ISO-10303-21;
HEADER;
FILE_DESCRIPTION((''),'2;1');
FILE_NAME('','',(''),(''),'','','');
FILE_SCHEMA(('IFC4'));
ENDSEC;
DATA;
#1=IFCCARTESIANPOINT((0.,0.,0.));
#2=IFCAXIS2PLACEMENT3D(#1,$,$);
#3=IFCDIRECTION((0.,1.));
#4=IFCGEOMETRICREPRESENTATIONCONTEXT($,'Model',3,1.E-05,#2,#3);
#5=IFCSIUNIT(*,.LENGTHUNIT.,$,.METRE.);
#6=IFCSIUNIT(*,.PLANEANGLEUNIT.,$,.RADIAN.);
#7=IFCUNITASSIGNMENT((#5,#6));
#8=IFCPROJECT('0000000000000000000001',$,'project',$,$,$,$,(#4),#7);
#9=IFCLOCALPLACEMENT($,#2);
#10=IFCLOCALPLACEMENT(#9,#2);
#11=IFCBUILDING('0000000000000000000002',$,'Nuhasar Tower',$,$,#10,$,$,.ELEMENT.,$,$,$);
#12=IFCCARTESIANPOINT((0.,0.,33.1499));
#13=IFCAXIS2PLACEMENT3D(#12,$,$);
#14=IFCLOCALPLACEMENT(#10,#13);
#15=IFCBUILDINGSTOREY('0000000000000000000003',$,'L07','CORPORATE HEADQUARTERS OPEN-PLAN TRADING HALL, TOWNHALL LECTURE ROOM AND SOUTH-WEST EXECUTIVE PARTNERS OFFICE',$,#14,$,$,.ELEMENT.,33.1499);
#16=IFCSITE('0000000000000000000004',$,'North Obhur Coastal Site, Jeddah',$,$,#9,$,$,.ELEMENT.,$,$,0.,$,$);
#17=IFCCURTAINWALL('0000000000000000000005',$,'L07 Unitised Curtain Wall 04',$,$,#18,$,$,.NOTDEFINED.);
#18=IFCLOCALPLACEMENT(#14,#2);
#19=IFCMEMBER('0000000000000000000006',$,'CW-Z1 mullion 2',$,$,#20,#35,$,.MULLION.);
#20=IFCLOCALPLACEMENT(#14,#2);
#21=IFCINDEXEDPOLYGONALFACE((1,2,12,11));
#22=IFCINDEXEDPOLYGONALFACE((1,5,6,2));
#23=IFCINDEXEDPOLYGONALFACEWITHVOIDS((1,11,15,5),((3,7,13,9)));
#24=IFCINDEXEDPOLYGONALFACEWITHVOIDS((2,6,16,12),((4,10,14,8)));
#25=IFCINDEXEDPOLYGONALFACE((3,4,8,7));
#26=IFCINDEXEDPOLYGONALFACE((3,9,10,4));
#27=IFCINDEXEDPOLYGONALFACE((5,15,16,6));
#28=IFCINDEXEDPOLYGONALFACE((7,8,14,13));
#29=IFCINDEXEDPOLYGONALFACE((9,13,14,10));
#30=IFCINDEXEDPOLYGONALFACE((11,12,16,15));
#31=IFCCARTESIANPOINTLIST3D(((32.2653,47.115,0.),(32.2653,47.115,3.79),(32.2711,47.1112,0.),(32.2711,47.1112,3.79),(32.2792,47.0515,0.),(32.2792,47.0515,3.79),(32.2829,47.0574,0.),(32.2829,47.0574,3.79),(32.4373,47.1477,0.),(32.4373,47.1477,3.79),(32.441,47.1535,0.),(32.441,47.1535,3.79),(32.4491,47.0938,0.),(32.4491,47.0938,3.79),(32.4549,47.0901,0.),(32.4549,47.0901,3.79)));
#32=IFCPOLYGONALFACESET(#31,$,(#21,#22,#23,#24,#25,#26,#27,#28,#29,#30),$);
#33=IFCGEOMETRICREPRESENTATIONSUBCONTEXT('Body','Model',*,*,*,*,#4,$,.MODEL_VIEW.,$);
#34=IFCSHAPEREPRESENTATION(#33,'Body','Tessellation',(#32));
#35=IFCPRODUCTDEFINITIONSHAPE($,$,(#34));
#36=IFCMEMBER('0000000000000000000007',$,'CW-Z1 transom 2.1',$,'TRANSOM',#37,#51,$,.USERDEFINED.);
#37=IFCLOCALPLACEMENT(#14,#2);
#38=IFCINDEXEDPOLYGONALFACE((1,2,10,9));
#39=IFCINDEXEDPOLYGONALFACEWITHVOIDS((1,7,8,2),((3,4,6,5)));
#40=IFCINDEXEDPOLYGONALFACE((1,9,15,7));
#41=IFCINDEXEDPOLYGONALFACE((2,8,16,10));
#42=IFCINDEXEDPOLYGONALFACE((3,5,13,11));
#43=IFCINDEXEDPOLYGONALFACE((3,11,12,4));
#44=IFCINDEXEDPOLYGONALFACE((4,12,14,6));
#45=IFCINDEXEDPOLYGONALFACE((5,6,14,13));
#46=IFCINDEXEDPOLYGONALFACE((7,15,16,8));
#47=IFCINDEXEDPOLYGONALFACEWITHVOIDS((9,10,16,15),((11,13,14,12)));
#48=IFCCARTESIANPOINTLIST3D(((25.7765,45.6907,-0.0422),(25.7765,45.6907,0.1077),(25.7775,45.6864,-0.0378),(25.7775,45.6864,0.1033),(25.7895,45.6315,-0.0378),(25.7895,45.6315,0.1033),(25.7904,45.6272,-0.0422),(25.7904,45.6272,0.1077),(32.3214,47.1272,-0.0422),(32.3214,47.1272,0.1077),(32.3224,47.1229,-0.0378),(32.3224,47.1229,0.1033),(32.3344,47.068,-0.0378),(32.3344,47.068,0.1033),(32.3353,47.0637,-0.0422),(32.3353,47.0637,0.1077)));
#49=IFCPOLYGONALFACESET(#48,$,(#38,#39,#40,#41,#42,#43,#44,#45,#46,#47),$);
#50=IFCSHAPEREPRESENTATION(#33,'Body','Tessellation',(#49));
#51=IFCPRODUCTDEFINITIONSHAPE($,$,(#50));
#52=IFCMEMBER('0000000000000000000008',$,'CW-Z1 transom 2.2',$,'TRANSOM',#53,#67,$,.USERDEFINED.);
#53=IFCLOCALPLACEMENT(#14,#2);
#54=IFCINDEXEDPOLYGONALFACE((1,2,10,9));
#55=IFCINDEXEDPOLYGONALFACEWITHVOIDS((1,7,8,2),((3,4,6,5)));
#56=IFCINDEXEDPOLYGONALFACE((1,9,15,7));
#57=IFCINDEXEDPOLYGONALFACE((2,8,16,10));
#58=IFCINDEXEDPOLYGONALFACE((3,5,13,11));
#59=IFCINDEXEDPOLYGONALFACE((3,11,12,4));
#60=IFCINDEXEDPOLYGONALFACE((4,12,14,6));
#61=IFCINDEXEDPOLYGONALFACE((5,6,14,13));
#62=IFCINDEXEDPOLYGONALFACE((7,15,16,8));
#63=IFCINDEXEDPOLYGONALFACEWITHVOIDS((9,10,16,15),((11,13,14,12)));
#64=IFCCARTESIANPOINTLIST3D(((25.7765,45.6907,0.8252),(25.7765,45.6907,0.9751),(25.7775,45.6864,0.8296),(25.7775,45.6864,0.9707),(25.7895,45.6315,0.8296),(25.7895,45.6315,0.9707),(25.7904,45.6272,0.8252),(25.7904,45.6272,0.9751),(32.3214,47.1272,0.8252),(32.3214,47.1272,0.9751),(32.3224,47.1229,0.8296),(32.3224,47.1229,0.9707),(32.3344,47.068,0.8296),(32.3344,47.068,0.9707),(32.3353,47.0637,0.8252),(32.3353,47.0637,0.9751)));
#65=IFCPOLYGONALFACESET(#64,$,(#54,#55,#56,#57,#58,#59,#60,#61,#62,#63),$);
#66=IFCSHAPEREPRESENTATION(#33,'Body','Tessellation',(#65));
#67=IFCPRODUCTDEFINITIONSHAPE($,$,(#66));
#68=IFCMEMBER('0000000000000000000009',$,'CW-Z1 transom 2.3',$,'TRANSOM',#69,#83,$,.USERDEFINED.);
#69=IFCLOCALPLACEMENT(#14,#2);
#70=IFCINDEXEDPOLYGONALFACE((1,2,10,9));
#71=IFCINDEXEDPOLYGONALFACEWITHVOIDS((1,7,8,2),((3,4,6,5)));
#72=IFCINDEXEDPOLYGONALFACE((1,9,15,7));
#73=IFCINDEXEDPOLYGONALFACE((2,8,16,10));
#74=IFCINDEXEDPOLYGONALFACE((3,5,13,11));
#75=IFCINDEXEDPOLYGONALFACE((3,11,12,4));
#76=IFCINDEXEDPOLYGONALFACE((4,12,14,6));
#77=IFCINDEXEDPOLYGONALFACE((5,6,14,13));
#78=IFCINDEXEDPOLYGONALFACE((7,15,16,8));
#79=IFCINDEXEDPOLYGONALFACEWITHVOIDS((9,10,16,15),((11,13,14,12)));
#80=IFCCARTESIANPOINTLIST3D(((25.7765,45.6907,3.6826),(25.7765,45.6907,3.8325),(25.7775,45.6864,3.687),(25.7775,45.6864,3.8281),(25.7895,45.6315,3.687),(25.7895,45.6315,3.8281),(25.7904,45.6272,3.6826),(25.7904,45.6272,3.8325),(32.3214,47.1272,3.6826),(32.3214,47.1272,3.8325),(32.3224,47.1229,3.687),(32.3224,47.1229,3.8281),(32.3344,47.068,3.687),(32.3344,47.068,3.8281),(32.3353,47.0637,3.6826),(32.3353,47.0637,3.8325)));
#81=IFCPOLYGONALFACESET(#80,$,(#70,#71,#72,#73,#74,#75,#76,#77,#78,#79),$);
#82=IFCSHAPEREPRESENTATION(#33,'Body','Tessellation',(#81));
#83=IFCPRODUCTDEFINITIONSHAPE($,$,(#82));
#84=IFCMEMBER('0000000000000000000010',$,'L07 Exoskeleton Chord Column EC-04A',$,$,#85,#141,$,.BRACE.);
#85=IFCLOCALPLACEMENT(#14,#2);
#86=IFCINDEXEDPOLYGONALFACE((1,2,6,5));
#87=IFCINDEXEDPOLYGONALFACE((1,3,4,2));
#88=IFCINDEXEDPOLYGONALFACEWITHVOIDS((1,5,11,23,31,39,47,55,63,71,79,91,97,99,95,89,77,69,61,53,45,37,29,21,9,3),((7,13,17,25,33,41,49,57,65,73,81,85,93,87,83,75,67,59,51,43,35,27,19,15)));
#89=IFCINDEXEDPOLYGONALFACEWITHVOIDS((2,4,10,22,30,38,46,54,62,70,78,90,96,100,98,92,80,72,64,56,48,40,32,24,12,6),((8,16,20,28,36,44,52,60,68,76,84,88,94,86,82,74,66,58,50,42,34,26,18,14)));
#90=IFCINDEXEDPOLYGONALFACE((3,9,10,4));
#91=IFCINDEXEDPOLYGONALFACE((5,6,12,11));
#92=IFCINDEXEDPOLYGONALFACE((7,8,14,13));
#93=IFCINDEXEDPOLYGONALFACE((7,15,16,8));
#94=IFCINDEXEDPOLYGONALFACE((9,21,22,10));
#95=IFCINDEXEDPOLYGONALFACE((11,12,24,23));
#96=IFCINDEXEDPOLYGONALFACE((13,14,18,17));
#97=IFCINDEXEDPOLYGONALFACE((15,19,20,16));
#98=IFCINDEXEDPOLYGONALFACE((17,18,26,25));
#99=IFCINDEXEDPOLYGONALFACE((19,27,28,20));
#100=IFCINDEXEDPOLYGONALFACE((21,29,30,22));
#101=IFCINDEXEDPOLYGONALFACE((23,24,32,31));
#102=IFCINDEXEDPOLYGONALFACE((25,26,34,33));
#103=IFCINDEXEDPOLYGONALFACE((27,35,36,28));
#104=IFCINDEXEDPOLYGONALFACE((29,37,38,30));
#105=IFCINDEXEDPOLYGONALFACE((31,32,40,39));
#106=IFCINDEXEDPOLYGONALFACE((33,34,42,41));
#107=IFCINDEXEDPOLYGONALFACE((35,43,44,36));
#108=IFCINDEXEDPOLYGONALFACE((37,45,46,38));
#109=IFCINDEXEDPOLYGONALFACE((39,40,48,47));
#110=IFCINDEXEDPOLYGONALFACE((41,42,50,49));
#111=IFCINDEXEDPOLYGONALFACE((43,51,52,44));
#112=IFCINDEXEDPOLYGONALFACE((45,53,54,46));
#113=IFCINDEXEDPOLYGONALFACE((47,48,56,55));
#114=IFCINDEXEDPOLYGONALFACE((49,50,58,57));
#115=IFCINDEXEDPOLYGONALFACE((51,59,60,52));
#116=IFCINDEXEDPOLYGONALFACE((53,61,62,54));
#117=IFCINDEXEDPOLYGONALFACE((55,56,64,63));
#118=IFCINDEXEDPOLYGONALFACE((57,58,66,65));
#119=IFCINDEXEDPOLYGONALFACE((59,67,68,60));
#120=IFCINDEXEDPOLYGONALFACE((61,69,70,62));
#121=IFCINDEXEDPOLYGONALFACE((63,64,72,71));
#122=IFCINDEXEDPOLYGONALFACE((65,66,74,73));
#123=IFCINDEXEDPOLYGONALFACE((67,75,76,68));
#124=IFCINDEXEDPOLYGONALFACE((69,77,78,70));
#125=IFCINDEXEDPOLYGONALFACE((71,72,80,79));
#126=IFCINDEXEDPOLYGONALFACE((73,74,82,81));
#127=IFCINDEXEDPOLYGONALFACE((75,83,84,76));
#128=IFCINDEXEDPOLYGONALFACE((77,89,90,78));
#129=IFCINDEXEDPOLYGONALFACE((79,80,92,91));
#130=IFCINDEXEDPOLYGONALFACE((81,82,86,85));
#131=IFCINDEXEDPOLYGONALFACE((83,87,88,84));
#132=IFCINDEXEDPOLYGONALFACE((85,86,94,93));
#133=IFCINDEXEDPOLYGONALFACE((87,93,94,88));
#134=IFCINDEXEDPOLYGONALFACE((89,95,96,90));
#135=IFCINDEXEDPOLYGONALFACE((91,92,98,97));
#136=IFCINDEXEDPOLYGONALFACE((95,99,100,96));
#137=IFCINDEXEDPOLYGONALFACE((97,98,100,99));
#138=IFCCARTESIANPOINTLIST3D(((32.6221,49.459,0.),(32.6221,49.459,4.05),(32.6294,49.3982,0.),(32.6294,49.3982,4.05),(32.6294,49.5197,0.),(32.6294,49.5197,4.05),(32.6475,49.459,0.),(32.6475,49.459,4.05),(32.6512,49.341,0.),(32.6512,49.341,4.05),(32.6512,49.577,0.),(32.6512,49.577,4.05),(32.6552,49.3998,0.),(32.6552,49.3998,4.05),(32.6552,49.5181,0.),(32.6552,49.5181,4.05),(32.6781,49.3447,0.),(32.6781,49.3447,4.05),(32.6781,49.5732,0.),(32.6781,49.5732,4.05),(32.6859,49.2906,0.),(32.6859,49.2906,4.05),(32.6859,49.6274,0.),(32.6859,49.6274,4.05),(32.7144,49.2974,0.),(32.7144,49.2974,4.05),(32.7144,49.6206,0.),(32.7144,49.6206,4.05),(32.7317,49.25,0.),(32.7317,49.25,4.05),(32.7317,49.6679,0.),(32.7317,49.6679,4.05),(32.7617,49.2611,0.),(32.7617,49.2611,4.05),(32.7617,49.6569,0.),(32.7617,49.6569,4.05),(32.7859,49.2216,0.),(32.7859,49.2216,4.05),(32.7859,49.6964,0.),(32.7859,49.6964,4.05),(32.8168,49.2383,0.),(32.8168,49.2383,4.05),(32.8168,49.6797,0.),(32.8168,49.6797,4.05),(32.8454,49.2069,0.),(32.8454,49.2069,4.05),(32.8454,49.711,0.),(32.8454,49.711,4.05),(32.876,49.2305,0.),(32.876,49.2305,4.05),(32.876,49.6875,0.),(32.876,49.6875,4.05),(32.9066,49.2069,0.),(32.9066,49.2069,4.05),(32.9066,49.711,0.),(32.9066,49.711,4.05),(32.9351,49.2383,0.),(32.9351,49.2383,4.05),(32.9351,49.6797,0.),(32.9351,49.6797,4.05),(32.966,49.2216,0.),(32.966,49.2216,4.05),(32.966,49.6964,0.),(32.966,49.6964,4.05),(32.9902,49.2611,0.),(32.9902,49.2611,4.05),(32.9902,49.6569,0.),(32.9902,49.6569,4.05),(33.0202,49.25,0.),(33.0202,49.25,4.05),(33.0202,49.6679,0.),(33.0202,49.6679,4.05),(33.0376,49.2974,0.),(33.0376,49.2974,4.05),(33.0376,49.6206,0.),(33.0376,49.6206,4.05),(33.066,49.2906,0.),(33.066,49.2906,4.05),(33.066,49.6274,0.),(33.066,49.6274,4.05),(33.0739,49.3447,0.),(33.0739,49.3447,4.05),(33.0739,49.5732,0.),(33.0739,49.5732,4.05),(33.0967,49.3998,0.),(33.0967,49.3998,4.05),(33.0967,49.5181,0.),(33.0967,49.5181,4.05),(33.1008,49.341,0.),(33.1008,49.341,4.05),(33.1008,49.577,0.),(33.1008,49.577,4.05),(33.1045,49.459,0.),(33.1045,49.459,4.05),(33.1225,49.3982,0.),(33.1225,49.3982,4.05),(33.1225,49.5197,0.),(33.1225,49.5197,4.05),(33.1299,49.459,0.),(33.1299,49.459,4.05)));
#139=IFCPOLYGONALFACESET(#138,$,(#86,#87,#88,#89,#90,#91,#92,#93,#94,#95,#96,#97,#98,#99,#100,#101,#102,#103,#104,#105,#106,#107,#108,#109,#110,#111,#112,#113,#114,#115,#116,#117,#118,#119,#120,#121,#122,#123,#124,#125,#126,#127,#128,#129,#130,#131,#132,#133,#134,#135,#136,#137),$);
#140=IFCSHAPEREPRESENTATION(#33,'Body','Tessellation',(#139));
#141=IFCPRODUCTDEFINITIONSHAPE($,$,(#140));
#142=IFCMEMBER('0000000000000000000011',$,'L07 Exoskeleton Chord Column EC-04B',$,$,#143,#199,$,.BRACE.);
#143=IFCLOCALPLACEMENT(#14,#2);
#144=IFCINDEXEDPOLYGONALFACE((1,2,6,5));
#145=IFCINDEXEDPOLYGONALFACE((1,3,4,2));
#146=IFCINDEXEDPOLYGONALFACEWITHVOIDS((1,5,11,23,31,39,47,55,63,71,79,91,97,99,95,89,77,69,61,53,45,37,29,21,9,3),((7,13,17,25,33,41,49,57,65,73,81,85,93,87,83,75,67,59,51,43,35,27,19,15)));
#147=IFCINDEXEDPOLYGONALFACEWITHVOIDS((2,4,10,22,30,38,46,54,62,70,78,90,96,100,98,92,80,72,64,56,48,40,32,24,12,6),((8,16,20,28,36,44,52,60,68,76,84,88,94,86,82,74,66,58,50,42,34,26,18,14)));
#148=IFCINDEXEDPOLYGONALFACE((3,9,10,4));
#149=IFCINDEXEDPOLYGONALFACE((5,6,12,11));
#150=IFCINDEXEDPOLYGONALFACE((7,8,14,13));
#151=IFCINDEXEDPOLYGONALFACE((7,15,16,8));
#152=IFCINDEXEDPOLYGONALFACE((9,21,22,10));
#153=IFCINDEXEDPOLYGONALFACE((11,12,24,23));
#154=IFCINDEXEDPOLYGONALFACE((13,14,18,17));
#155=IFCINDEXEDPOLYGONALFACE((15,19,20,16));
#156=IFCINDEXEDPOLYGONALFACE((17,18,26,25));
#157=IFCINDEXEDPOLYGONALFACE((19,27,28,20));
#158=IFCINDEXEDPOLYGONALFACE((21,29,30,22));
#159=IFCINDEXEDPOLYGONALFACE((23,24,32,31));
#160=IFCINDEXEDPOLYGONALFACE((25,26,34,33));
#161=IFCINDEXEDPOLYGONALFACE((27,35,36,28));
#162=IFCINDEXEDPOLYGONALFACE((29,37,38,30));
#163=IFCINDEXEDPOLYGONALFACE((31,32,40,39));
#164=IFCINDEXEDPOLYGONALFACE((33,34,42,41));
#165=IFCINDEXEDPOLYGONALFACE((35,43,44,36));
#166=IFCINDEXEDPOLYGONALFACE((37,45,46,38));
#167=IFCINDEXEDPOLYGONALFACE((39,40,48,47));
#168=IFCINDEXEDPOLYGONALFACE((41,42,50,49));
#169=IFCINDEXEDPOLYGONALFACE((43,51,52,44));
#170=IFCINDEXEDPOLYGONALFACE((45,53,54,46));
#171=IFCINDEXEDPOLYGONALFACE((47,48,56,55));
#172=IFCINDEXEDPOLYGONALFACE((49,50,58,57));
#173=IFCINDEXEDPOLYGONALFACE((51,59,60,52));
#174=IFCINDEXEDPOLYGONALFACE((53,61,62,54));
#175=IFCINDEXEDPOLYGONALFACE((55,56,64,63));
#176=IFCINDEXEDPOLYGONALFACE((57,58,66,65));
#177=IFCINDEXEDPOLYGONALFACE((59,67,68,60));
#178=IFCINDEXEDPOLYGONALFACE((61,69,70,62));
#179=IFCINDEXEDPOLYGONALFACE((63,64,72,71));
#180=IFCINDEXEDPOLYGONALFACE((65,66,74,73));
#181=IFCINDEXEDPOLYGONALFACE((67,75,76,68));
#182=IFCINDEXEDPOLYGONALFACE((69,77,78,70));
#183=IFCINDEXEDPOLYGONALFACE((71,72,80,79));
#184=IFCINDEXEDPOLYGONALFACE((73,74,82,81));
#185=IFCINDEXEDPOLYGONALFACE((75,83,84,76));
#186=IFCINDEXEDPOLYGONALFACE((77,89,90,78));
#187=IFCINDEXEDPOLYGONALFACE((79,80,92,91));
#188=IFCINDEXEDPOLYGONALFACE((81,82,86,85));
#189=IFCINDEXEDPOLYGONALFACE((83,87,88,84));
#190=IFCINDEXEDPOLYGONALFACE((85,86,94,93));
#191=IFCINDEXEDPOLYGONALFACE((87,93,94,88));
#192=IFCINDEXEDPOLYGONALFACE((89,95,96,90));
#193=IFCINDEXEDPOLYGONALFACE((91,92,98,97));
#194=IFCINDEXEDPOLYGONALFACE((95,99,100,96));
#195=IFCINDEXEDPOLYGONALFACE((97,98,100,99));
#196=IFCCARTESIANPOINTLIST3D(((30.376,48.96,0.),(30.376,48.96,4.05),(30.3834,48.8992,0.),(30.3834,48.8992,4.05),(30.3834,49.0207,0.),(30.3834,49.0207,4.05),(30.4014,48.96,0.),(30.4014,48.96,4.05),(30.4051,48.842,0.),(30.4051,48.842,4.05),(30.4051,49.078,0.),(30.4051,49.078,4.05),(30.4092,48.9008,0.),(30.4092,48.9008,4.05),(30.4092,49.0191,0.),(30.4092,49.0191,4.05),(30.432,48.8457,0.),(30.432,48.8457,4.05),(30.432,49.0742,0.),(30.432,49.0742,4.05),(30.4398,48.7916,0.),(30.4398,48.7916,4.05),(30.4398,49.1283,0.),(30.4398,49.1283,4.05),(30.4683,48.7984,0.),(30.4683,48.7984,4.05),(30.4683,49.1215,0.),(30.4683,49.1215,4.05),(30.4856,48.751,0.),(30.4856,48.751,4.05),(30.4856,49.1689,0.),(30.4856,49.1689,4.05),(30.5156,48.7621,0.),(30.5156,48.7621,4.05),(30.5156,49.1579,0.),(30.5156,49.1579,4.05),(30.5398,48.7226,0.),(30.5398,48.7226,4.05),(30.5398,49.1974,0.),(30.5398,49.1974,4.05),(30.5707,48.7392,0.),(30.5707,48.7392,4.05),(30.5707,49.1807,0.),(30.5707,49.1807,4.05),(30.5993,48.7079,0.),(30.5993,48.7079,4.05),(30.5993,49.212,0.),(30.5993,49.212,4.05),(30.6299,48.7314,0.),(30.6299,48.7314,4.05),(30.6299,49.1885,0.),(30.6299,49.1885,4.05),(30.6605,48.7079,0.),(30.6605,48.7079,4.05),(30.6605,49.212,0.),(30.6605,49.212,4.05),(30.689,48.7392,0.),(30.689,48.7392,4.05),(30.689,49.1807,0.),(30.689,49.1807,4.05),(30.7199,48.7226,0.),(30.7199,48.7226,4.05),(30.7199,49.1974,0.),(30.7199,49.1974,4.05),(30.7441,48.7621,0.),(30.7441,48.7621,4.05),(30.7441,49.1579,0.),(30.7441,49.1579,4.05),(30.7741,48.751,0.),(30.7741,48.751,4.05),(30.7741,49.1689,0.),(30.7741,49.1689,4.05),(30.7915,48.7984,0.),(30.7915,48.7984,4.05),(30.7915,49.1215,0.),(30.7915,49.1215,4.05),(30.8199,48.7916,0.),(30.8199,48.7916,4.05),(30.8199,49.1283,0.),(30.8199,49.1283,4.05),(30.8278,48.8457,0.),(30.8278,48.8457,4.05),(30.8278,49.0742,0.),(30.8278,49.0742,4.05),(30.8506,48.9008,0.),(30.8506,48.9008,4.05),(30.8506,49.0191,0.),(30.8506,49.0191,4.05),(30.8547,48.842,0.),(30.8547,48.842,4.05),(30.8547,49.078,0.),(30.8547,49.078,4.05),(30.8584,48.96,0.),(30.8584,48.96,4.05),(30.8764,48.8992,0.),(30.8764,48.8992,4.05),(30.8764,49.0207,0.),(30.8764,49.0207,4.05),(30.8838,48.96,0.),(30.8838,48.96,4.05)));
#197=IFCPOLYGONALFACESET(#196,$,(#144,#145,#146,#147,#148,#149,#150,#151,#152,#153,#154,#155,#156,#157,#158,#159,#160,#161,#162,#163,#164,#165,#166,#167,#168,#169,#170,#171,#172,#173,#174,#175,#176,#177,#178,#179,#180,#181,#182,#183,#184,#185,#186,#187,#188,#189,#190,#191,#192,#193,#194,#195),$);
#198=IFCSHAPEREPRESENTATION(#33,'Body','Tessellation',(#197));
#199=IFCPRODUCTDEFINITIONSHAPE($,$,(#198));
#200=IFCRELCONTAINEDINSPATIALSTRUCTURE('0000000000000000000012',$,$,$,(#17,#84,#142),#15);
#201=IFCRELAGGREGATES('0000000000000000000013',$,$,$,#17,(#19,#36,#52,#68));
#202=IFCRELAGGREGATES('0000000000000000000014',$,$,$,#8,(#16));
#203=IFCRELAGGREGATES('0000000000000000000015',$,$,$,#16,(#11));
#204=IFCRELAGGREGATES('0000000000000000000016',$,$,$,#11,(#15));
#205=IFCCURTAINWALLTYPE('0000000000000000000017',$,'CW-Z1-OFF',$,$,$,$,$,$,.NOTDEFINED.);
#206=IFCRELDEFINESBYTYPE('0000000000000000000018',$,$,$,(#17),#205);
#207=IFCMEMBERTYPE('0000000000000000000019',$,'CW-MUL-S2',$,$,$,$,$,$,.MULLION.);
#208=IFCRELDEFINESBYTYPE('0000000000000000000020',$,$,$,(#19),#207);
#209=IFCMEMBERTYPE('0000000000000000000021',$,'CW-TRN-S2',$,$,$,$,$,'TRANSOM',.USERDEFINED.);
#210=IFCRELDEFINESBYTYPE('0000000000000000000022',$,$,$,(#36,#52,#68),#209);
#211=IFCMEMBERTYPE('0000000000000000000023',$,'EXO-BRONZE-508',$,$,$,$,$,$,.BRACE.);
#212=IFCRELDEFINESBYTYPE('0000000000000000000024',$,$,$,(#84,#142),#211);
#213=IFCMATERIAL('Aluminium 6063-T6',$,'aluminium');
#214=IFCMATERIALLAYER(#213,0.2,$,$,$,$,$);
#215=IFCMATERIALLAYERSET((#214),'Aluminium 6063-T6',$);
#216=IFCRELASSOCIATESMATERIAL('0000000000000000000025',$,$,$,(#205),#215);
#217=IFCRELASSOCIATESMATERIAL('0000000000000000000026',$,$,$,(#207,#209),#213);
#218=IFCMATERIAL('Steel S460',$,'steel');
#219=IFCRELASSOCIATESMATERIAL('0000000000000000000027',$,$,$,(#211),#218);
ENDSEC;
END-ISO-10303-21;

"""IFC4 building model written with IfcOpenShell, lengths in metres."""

from ifc_helpers import new_model, si_unit, direction, frame, origin, origin_2d, place, context, subcontext, project, spatial, hollow_rectangle, hollow_circle, extrude, material, layer, layer_set, material_profile, profile_set, type_object, element, aggregate, save


model = new_model("IFC4")

# Units and contexts
model_context = context("Model", 3, precision=1e-05, world=origin(), true_north=direction((0.0, 1.0)))
body_context = subcontext(model_context, "Body", "Model", "MODEL_VIEW")
ifc_project = project(units=[si_unit("LENGTHUNIT", "METRE"), si_unit("PLANEANGLEUNIT", "RADIAN")], contexts=[model_context])

# Site, building, storey
site_placement = place(None, origin())
site = spatial("IfcSite", under=ifc_project, at=site_placement, Name="North Obhur Coastal Site, Jeddah", CompositionType="ELEMENT", RefElevation=0.0)
building_placement = place(site_placement, origin())
building = spatial("IfcBuilding", under=site, at=building_placement, Name="Nuhasar Tower", CompositionType="ELEMENT")
storey_placement = place(building_placement, frame((0.0, 0.0, 33.1499)))
storey = spatial("IfcBuildingStorey", under=building, at=storey_placement, Name="L07", Description="CORPORATE HEADQUARTERS OPEN-PLAN TRADING HALL, TOWNHALL LECTURE ROOM AND SOUTH-WEST EXECUTIVE PARTNERS OFFICE", CompositionType="ELEMENT", Elevation=33.1499)

# Curtain wall, members
ifc_material_1 = material(Name="Aluminium 6063-T6", Category="aluminium")
ifc_layer_1 = layer(ifc_material_1, 0.2)
ifc_layer_set_1 = layer_set([ifc_layer_1], Name="Aluminium 6063-T6")
curtain_wall_type = type_object("IfcCurtainWallType", Name="CW-Z1-OFF", PredefinedType="NOTDEFINED", material=ifc_layer_set_1)
curtain_wall_placement = place(storey_placement, origin())
curtain_wall = element("IfcCurtainWall", 1, at=curtain_wall_placement, inside=storey, type_object=curtain_wall_type, Name="L07 Unitised Curtain Wall 04", PredefinedType="NOTDEFINED")
ifc_material_profile_1 = material_profile(ifc_material_1, hollow_rectangle(XDim=0.0649, YDim=0.1799, WallThickness=0.0049, at=origin_2d()), Name="CWM-2")
ifc_profile_set_1 = profile_set([ifc_material_profile_1], Name="Aluminium 6063-T6")
member_type_1 = type_object("IfcMemberType", Name="CW-MUL-S2", PredefinedType="MULLION", material=ifc_profile_set_1)
member_1_placement = place(storey_placement, frame((32.3601, 47.1025, 0.0), z_axis=(0.0, 0.0, 1.0), x_axis=(0.214399, -0.976746, 0.0)))
member_1 = element("IfcMember", 2, at=member_1_placement, type_object=member_type_1, Name="CW-Z1 mullion 2", PredefinedType="MULLION", context=body_context, shape_type="SweptSolid", body=[
    extrude(hollow_rectangle(XDim=0.0649, YDim=0.1799, WallThickness=0.0049, at=origin_2d()), origin(), (0.0, 0.0, 1.0), 3.79),
])
ifc_material_profile_2 = material_profile(ifc_material_1, hollow_rectangle(XDim=0.0649, YDim=0.1499, WallThickness=0.0044, at=origin_2d()), Name="CWT-2")
ifc_profile_set_2 = profile_set([ifc_material_profile_2], Name="Aluminium 6063-T6")
member_type_2 = type_object("IfcMemberType", Name="CW-TRN-S2", ElementType="TRANSOM", PredefinedType="USERDEFINED", material=ifc_profile_set_2)
member_2_placement = place(storey_placement, frame((32.3284, 47.0955, 0.0327), z_axis=(-0.97675, -0.214384, 0.0), x_axis=(0.214384, -0.97675, 0.0)))
member_2 = element("IfcMember", 3, at=member_2_placement, type_object=member_type_2, Name="CW-Z1 transom 2.1", ObjectType="TRANSOM", PredefinedType="USERDEFINED", context=body_context, shape_type="SweptSolid", body=[
    extrude(hollow_rectangle(XDim=0.0649, YDim=0.1499, WallThickness=0.0044, at=origin_2d()), origin(), (0.0, 0.0, 1.0), 6.7007),
])
member_3_placement = place(storey_placement, frame((32.3284, 47.0955, 0.9001), z_axis=(-0.97675, -0.214384, 0.0), x_axis=(0.214384, -0.97675, 0.0)))
member_3 = element("IfcMember", 4, at=member_3_placement, type_object=member_type_2, Name="CW-Z1 transom 2.2", ObjectType="TRANSOM", PredefinedType="USERDEFINED", context=body_context, shape_type="SweptSolid", body=[
    extrude(hollow_rectangle(XDim=0.0649, YDim=0.1499, WallThickness=0.0044, at=origin_2d()), origin(), (0.0, 0.0, 1.0), 6.7007),
])
member_4_placement = place(storey_placement, frame((32.3284, 47.0955, 3.7576), z_axis=(-0.97675, -0.214384, 0.0), x_axis=(0.214384, -0.97675, 0.0)))
member_4 = element("IfcMember", 5, at=member_4_placement, type_object=member_type_2, Name="CW-Z1 transom 2.3", ObjectType="TRANSOM", PredefinedType="USERDEFINED", context=body_context, shape_type="SweptSolid", body=[
    extrude(hollow_rectangle(XDim=0.0649, YDim=0.1499, WallThickness=0.0044, at=origin_2d()), origin(), (0.0, 0.0, 1.0), 6.7007),
])

# Members
ifc_material_2 = material(Name="Steel S460", Category="steel")
ifc_material_profile_3 = material_profile(ifc_material_2, hollow_circle(Radius=0.2539, WallThickness=0.0254, at=origin_2d()), Name="HSS508X25.4")
ifc_profile_set_3 = profile_set([ifc_material_profile_3], Name="Steel S460")
member_type_3 = type_object("IfcMemberType", Name="EXO-BRONZE-508", PredefinedType="BRACE", material=ifc_profile_set_3)
for number, where, z_axis, x_axis, name in (
    (6, (32.876, 49.459, 0.0), (0.0, 0.0, 1.0), (1.0, 0.0, 0.0), "L07 Exoskeleton Chord Column EC-04A"),
    (7, (30.6299, 48.96, 0.0), (0.0, 0.0, 1.0), (1.0, 0.0, 0.0), "L07 Exoskeleton Chord Column EC-04B"),
):
    element("IfcMember", number, at=place(storey_placement, frame(where, z_axis=z_axis, x_axis=x_axis)), inside=storey, type_object=member_type_3, Name=name, PredefinedType="BRACE", context=body_context, shape_type="SweptSolid", body=[
        extrude(hollow_circle(Radius=0.2539, WallThickness=0.0254, at=origin_2d()), origin(), (0.0, 0.0, 1.0), 4.05),
    ])

aggregate(curtain_wall, [member_1, member_2, member_3, member_4])

save(model, "model.ifc")
